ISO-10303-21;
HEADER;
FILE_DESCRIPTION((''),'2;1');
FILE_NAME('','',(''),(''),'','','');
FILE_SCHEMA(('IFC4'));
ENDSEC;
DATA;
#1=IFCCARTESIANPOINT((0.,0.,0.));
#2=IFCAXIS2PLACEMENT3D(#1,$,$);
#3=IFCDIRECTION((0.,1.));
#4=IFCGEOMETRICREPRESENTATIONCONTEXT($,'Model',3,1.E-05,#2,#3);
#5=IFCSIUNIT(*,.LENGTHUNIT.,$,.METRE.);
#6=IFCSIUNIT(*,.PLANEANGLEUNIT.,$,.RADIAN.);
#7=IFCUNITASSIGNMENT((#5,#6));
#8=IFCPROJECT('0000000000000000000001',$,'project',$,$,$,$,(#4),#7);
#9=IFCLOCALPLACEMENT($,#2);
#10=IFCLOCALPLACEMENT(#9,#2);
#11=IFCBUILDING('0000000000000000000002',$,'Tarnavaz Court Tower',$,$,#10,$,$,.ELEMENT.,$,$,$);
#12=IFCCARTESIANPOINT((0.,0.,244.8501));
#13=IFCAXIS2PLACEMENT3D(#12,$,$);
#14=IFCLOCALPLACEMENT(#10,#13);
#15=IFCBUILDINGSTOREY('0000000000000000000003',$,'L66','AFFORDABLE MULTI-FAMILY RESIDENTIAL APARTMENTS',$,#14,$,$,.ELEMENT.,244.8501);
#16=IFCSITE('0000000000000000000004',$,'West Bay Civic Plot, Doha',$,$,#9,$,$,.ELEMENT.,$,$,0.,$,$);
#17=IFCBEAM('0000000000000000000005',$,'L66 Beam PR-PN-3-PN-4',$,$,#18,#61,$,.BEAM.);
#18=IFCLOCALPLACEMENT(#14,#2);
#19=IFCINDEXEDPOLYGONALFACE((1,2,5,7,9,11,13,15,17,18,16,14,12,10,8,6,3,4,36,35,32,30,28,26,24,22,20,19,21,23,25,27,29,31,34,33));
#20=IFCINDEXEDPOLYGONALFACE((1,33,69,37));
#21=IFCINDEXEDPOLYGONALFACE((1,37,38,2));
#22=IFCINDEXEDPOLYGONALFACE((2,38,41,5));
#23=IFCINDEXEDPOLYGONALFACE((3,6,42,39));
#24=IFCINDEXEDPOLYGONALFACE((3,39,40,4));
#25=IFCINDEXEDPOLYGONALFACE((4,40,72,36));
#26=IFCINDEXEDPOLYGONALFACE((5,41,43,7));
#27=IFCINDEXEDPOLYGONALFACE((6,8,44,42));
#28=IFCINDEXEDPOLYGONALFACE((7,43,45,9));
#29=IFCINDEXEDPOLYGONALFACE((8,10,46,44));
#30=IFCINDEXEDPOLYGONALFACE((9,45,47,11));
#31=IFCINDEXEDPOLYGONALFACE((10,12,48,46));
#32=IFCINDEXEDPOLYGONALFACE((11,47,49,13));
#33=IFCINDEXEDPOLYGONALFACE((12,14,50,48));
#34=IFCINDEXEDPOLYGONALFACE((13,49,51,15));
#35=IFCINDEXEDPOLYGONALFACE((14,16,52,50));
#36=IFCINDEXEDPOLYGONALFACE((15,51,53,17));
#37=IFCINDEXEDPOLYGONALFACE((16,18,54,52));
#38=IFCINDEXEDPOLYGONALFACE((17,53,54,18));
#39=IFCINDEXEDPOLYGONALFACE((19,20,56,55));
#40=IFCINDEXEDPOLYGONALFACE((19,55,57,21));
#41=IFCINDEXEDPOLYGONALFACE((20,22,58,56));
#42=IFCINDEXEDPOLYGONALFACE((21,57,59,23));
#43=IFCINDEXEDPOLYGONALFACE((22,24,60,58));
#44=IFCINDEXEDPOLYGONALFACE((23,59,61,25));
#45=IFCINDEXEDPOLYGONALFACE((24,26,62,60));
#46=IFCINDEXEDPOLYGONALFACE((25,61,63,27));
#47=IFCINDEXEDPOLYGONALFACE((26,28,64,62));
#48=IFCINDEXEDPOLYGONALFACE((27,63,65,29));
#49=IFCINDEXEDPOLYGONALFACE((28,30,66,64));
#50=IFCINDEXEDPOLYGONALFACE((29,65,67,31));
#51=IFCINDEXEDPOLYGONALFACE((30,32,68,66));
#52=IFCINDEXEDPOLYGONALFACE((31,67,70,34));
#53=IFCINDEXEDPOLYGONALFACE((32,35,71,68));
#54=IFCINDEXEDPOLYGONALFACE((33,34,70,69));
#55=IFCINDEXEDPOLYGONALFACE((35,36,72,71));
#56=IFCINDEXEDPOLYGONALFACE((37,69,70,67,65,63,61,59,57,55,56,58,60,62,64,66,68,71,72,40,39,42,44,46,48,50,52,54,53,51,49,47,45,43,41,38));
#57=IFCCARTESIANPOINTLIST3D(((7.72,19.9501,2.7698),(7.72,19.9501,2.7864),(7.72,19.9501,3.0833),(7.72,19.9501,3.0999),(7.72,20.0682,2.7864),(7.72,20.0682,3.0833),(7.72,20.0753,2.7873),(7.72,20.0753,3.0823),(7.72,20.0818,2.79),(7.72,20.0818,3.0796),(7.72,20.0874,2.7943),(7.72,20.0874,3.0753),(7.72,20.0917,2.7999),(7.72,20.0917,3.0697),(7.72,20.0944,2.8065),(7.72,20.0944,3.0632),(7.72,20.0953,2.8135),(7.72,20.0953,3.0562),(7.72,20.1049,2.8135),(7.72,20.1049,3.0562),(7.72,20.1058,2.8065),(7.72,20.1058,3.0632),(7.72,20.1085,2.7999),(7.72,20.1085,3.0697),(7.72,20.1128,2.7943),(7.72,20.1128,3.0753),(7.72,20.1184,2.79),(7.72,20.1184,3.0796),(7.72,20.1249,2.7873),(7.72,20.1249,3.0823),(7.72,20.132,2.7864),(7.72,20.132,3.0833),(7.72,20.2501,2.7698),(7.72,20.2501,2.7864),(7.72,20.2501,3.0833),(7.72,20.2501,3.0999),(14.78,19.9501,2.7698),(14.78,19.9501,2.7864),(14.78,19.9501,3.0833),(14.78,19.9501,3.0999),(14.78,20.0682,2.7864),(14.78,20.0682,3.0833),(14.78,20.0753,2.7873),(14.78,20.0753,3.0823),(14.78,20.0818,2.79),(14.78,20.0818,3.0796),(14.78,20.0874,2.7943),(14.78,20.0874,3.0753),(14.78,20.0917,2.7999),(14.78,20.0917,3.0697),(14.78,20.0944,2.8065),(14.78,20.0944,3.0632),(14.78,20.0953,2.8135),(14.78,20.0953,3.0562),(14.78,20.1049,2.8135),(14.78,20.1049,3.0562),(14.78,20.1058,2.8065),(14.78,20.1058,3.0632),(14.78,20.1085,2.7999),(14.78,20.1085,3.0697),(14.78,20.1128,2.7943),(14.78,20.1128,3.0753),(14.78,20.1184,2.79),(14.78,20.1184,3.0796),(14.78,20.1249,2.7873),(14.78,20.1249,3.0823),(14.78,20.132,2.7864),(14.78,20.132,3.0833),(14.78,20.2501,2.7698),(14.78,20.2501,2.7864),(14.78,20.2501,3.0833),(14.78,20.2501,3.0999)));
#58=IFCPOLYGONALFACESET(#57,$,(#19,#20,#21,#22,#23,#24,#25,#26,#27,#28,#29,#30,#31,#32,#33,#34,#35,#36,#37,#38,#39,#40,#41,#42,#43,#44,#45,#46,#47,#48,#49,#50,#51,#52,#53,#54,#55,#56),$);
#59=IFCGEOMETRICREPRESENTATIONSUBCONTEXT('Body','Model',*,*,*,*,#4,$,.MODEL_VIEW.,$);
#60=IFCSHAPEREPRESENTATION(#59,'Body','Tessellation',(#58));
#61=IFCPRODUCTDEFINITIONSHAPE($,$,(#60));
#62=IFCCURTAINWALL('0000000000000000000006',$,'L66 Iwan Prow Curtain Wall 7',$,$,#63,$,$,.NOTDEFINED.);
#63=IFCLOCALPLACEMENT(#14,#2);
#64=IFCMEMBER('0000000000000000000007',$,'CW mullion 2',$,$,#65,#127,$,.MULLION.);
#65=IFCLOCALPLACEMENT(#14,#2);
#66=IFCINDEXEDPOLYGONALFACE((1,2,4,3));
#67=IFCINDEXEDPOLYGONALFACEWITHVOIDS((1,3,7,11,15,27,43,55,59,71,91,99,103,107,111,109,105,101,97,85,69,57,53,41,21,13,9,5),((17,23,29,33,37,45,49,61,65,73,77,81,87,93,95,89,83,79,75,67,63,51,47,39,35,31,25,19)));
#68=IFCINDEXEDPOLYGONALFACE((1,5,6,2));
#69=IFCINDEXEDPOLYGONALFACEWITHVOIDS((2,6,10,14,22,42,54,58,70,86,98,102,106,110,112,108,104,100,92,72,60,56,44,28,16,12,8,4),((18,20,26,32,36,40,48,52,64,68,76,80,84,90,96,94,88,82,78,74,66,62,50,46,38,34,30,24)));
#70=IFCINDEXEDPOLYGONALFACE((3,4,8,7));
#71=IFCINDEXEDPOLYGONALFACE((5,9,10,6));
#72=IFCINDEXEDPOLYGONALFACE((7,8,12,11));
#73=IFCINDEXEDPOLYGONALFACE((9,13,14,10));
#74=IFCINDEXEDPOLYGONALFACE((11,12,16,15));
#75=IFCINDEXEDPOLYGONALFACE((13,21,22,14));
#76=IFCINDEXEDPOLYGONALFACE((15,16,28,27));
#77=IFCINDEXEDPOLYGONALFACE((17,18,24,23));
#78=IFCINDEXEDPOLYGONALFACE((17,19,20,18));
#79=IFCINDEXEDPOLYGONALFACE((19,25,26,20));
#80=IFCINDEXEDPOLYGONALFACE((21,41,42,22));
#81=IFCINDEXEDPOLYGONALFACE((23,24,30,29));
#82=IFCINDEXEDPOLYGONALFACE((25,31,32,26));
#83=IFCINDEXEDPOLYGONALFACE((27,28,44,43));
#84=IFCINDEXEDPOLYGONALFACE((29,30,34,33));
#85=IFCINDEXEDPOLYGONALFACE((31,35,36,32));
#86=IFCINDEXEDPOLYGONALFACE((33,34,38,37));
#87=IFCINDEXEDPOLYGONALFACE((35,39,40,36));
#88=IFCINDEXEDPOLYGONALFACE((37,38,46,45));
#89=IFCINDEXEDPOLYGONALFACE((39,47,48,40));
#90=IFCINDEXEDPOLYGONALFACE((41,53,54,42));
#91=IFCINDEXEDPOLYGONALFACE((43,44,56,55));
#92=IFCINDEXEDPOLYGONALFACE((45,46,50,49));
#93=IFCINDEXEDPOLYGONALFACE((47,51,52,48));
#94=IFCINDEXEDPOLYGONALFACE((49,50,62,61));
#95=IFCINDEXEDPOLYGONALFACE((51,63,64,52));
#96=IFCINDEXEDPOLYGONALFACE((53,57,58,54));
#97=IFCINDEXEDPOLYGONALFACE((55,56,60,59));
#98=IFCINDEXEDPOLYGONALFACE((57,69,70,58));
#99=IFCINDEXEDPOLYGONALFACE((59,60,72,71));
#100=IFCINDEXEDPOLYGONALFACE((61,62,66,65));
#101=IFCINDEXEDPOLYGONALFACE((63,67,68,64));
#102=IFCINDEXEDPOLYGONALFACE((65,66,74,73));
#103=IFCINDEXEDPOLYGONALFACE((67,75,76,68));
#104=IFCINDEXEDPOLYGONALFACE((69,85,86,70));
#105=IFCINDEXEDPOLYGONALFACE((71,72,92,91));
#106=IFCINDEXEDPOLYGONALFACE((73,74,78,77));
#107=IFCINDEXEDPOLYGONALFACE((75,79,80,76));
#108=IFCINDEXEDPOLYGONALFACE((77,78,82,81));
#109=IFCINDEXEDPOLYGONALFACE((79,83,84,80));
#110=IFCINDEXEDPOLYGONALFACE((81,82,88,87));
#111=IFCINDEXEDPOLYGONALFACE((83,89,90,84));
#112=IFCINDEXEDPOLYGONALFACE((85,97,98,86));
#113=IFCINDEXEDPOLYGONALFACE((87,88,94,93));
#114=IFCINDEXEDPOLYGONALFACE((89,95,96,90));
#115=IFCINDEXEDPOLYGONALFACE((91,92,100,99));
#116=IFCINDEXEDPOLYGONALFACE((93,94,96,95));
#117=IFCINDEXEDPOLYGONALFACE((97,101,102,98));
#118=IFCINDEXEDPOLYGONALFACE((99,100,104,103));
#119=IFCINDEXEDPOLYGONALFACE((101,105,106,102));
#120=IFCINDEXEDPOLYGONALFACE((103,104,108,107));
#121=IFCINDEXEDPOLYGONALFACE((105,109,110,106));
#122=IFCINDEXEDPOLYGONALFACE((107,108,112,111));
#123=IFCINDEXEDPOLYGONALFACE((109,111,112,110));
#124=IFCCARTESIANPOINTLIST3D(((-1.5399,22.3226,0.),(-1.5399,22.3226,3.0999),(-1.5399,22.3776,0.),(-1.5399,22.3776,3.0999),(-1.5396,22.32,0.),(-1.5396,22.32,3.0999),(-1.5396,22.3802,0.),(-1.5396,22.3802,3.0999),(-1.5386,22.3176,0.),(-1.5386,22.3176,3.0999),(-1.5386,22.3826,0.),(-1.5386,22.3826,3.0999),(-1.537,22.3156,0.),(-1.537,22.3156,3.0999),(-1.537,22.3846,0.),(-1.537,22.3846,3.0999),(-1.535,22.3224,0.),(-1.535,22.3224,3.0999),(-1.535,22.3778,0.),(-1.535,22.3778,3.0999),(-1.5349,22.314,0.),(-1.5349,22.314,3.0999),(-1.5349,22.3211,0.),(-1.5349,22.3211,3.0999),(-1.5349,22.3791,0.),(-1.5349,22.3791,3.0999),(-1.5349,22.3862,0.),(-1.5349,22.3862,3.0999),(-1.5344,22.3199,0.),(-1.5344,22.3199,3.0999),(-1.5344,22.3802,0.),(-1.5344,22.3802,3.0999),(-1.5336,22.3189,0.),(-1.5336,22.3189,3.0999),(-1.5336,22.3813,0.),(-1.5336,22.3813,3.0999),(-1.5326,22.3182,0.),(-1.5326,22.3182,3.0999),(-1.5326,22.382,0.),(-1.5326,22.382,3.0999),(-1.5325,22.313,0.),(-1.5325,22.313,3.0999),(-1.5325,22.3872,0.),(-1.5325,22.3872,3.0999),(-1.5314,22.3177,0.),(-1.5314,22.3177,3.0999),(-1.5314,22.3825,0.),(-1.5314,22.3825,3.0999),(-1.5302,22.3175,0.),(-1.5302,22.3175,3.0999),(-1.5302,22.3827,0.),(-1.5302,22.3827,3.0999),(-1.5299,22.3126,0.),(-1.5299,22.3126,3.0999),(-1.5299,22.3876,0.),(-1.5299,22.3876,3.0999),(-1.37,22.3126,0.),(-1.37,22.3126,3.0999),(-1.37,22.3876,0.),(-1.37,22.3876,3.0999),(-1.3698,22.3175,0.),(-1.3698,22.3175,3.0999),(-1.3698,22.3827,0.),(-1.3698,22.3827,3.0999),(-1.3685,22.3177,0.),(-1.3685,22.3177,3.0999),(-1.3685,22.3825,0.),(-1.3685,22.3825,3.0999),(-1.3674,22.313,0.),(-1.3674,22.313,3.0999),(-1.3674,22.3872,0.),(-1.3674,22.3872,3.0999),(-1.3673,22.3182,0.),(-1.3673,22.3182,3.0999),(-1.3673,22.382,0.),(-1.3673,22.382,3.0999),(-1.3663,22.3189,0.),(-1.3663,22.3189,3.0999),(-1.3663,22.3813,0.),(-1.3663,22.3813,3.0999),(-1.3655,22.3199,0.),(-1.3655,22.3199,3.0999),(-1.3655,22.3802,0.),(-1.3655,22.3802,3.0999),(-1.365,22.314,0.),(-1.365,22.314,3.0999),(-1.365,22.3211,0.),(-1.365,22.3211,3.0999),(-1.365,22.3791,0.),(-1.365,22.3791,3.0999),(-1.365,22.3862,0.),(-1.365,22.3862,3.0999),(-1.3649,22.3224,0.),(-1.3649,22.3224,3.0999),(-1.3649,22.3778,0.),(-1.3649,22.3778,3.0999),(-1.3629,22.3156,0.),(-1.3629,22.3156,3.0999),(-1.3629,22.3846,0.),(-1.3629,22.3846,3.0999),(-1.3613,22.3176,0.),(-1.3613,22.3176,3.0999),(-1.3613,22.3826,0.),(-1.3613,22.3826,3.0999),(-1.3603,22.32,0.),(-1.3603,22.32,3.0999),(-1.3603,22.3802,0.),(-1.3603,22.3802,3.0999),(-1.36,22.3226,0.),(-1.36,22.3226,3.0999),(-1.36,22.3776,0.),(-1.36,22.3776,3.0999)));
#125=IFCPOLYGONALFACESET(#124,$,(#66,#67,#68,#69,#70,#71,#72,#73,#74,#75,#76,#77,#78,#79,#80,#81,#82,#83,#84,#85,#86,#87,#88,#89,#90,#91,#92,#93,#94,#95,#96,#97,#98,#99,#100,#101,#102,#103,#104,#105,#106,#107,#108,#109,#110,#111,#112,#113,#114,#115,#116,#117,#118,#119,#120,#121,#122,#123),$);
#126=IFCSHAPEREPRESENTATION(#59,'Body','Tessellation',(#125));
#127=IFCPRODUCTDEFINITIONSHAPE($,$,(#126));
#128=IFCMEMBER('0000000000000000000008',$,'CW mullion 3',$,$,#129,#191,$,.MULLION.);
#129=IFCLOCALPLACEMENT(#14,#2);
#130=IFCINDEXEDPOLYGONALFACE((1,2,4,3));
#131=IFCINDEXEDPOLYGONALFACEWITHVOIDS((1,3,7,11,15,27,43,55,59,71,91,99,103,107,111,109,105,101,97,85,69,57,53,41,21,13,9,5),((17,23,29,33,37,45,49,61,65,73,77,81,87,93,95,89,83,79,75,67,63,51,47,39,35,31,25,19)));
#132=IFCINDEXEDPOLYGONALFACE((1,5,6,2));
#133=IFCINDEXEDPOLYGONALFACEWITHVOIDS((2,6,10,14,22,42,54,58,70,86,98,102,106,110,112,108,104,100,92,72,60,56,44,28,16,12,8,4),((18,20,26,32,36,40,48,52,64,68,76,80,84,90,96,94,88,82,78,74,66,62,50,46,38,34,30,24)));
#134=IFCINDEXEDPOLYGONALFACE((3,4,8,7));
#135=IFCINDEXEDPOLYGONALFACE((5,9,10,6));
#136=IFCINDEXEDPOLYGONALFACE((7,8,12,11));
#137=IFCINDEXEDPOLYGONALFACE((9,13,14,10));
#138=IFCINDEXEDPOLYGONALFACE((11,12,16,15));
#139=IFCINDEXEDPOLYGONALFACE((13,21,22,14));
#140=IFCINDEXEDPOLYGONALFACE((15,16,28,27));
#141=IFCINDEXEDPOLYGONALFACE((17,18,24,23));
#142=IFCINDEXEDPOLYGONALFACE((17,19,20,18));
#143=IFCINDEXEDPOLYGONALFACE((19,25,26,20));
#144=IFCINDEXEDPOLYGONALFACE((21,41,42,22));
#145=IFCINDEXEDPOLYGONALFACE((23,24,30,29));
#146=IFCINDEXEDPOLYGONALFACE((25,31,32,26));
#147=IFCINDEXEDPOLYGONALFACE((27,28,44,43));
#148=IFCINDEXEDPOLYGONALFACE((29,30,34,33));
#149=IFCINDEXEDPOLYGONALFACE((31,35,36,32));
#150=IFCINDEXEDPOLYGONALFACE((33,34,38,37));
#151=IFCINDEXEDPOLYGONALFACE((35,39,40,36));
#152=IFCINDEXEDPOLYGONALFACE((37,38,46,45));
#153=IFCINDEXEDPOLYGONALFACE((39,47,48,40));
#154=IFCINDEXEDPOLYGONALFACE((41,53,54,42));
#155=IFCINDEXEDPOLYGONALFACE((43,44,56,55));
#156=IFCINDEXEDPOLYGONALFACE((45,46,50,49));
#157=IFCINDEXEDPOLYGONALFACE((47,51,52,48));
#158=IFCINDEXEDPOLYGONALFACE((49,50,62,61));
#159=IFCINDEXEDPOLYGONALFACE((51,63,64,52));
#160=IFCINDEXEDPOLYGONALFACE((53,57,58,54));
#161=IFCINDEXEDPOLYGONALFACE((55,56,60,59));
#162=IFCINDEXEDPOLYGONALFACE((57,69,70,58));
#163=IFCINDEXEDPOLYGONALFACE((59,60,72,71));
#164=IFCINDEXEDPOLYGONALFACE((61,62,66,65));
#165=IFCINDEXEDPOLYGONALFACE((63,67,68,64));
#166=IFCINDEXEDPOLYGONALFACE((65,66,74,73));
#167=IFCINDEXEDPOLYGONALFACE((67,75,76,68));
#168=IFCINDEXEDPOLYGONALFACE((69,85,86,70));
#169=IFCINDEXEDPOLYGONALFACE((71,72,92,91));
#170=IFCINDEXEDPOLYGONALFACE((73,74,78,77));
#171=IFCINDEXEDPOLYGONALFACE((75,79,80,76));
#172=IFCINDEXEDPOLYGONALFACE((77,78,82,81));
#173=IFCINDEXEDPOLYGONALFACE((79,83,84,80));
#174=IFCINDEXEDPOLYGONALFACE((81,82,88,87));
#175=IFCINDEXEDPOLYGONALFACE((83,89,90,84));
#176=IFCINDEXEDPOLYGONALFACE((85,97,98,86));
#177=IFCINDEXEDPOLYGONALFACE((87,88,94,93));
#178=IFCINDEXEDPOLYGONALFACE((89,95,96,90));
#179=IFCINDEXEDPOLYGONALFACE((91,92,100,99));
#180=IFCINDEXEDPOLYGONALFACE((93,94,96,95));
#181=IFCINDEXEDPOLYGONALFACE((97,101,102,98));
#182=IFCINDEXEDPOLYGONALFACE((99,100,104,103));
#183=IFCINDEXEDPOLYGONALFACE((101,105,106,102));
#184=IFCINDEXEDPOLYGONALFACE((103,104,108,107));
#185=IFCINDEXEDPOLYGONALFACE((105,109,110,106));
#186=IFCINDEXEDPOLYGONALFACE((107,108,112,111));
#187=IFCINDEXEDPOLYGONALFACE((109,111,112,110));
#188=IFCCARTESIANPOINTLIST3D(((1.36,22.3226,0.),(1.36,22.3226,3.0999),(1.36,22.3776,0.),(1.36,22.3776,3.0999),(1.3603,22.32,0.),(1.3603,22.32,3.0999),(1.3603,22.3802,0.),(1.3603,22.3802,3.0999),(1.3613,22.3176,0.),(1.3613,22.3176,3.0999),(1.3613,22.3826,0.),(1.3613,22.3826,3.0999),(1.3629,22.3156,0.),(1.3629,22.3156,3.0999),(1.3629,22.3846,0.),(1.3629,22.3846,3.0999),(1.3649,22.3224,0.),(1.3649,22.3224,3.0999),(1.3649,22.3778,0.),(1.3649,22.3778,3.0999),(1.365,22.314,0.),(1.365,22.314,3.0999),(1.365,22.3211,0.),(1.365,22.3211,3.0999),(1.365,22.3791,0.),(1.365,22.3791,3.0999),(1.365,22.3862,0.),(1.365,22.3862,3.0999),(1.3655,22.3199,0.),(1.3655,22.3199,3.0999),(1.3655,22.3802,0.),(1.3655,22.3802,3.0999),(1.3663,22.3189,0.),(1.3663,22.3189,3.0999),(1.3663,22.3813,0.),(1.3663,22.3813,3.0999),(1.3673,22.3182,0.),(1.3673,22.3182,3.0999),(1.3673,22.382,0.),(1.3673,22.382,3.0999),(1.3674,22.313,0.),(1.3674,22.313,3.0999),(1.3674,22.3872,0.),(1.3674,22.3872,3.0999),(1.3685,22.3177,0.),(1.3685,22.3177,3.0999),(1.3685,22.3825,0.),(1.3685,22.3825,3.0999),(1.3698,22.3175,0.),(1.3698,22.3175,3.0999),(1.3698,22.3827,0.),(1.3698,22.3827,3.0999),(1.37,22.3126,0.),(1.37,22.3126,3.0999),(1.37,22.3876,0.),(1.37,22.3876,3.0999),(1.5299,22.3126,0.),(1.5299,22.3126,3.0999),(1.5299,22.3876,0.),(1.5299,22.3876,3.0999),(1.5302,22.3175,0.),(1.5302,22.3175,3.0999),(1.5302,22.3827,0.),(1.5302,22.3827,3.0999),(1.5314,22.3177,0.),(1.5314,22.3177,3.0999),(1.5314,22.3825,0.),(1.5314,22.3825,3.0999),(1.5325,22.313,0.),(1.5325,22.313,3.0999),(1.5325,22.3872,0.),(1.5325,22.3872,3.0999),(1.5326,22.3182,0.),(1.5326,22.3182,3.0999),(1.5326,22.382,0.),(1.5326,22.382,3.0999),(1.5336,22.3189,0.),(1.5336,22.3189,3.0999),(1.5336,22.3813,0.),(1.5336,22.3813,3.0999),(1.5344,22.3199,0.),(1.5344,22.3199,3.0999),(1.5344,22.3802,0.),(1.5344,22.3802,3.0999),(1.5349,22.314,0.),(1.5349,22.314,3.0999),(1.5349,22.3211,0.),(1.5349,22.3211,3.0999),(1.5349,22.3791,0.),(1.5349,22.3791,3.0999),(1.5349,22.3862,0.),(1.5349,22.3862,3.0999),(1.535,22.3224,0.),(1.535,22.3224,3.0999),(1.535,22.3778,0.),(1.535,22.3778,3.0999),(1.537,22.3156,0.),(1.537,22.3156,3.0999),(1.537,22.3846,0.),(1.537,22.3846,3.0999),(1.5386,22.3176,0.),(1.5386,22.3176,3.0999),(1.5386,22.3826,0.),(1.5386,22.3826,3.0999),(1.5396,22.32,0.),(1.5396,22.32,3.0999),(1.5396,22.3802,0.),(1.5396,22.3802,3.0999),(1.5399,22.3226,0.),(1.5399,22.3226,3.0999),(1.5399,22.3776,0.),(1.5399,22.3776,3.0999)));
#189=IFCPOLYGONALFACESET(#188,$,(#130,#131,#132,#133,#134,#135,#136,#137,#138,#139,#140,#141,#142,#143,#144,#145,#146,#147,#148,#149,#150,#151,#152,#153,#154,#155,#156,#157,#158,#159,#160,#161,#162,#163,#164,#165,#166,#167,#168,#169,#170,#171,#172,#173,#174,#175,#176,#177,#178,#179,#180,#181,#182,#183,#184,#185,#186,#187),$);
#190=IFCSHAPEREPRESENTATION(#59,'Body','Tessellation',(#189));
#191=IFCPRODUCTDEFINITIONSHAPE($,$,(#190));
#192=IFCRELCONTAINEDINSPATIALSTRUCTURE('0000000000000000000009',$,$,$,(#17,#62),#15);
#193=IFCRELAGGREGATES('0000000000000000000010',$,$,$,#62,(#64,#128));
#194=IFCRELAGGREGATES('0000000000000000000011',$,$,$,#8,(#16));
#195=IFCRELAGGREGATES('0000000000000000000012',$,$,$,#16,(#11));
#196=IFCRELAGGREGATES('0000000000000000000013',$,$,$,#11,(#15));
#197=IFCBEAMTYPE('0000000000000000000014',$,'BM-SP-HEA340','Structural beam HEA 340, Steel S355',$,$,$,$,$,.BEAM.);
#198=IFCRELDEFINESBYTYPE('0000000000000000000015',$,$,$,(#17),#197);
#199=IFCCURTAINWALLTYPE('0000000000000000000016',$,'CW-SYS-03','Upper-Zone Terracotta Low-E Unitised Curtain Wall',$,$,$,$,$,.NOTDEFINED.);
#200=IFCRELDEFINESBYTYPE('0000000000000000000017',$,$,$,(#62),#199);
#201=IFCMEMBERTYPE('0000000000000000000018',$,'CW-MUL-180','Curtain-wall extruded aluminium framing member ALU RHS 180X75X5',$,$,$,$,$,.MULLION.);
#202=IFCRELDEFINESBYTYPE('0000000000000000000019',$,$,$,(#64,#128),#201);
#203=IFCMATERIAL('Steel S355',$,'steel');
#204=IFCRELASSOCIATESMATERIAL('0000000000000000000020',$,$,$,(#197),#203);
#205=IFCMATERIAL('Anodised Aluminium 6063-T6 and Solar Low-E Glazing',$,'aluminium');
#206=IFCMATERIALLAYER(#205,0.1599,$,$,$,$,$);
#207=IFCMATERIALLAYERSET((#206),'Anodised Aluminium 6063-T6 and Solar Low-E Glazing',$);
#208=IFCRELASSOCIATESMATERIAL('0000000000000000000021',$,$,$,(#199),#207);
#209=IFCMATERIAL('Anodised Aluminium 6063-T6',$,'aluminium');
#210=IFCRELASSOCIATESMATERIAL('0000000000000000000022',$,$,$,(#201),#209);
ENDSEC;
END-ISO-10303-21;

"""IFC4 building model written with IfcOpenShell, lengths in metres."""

from ifc_helpers import new_model, si_unit, direction, frame, origin, origin_2d, place, context, subcontext, project, spatial, hollow_rectangle, i_section, extrude, material, layer, layer_set, material_profile, profile_set, type_object, element, aggregate, save


model = new_model("IFC4")

# Units and contexts
model_context = context("Model", 3, precision=1e-05, world=origin(), true_north=direction((0.0, 1.0)))
body_context = subcontext(model_context, "Body", "Model", "MODEL_VIEW")
ifc_project = project(units=[si_unit("LENGTHUNIT", "METRE"), si_unit("PLANEANGLEUNIT", "RADIAN")], contexts=[model_context])

# Site, building, storey
site_placement = place(None, origin())
site = spatial("IfcSite", under=ifc_project, at=site_placement, Name="West Bay Civic Plot, Doha", CompositionType="ELEMENT", RefElevation=0.0)
building_placement = place(site_placement, origin())
building = spatial("IfcBuilding", under=site, at=building_placement, Name="Tarnavaz Court Tower", CompositionType="ELEMENT")
storey_placement = place(building_placement, frame((0.0, 0.0, 244.8501)))
storey = spatial("IfcBuildingStorey", under=building, at=storey_placement, Name="L66", Description="AFFORDABLE MULTI-FAMILY RESIDENTIAL APARTMENTS", CompositionType="ELEMENT", Elevation=244.8501)

# Beam
ifc_material_1 = material(Name="Steel S355", Category="steel")
ifc_material_profile_1 = material_profile(ifc_material_1, i_section(OverallWidth=0.3, OverallDepth=0.3301, WebThickness=0.0095, FlangeThickness=0.0166, FilletRadius=0.0271, at=origin_2d()), Name="HEA 340")
ifc_profile_set_1 = profile_set([ifc_material_profile_1], Name="Steel S355")
beam_type_1 = type_object("IfcBeamType", Name="BM-SP-HEA340", Description="Structural beam HEA 340, Steel S355", PredefinedType="BEAM", material=ifc_profile_set_1)
beam_placement = place(storey_placement, frame((7.72, 20.1001, 2.9348), z_axis=(1.0, 0.0, 0.0), x_axis=(0.0, 1.0, 0.0)))
element("IfcBeam", 1, at=beam_placement, inside=storey, type_object=beam_type_1, Name="L66 Beam PR-PN-3-PN-4", PredefinedType="BEAM", context=body_context, shape_type="SweptSolid", body=[
    extrude(i_section(OverallWidth=0.3, OverallDepth=0.3301, WebThickness=0.0095, FlangeThickness=0.0166, FilletRadius=0.0271, at=origin_2d()), origin(), (0.0, 0.0, 1.0), 7.0601),
])

# Curtain wall, members
ifc_material_2 = material(Name="Anodised Aluminium 6063-T6 and Solar Low-E Glazing", Category="aluminium")
ifc_layer_1 = layer(ifc_material_2, 0.1599)
ifc_layer_set_1 = layer_set([ifc_layer_1], Name="Anodised Aluminium 6063-T6 and Solar Low-E Glazing")
curtain_wall_type = type_object("IfcCurtainWallType", Name="CW-SYS-03", Description="Upper-Zone Terracotta Low-E Unitised Curtain Wall", PredefinedType="NOTDEFINED", material=ifc_layer_set_1)
curtain_wall_placement = place(storey_placement, origin())
curtain_wall = element("IfcCurtainWall", 2, at=curtain_wall_placement, inside=storey, type_object=curtain_wall_type, Name="L66 Iwan Prow Curtain Wall 7", PredefinedType="NOTDEFINED")
ifc_material_3 = material(Name="Anodised Aluminium 6063-T6", Category="aluminium")
ifc_material_profile_2 = material_profile(ifc_material_3, hollow_rectangle(XDim=0.075, YDim=0.1799, WallThickness=0.0049, InnerFilletRadius=0.0049, OuterFilletRadius=0.01, at=origin_2d()), Name="ALU RHS 180X75X5")
ifc_profile_set_2 = profile_set([ifc_material_profile_2], Name="Anodised Aluminium 6063-T6")
member_type_1 = type_object("IfcMemberType", Name="CW-MUL-180", Description="Curtain-wall extruded aluminium framing member ALU RHS 180X75X5", PredefinedType="MULLION", material=ifc_profile_set_2)
member_1_placement = place(storey_placement, frame((-1.45, 22.3501, 0.0), z_axis=(0.0, 0.0, 1.0), x_axis=(0.0, 1.0, 0.0)))
member_1 = element("IfcMember", 3, at=member_1_placement, type_object=member_type_1, Name="CW mullion 2", PredefinedType="MULLION", context=body_context, shape_type="SweptSolid", body=[
    extrude(hollow_rectangle(XDim=0.075, YDim=0.1799, WallThickness=0.0049, InnerFilletRadius=0.0049, OuterFilletRadius=0.01, at=origin_2d()), origin(), (0.0, 0.0, 1.0), 3.0999),
])
member_2_placement = place(storey_placement, frame((1.45, 22.3501, 0.0), z_axis=(0.0, 0.0, 1.0), x_axis=(0.0, 1.0, 0.0)))
member_2 = element("IfcMember", 4, at=member_2_placement, type_object=member_type_1, Name="CW mullion 3", PredefinedType="MULLION", context=body_context, shape_type="SweptSolid", body=[
    extrude(hollow_rectangle(XDim=0.075, YDim=0.1799, WallThickness=0.0049, InnerFilletRadius=0.0049, OuterFilletRadius=0.01, at=origin_2d()), origin(), (0.0, 0.0, 1.0), 3.0999),
])
aggregate(curtain_wall, [member_1, member_2])

save(model, "model.ifc")
